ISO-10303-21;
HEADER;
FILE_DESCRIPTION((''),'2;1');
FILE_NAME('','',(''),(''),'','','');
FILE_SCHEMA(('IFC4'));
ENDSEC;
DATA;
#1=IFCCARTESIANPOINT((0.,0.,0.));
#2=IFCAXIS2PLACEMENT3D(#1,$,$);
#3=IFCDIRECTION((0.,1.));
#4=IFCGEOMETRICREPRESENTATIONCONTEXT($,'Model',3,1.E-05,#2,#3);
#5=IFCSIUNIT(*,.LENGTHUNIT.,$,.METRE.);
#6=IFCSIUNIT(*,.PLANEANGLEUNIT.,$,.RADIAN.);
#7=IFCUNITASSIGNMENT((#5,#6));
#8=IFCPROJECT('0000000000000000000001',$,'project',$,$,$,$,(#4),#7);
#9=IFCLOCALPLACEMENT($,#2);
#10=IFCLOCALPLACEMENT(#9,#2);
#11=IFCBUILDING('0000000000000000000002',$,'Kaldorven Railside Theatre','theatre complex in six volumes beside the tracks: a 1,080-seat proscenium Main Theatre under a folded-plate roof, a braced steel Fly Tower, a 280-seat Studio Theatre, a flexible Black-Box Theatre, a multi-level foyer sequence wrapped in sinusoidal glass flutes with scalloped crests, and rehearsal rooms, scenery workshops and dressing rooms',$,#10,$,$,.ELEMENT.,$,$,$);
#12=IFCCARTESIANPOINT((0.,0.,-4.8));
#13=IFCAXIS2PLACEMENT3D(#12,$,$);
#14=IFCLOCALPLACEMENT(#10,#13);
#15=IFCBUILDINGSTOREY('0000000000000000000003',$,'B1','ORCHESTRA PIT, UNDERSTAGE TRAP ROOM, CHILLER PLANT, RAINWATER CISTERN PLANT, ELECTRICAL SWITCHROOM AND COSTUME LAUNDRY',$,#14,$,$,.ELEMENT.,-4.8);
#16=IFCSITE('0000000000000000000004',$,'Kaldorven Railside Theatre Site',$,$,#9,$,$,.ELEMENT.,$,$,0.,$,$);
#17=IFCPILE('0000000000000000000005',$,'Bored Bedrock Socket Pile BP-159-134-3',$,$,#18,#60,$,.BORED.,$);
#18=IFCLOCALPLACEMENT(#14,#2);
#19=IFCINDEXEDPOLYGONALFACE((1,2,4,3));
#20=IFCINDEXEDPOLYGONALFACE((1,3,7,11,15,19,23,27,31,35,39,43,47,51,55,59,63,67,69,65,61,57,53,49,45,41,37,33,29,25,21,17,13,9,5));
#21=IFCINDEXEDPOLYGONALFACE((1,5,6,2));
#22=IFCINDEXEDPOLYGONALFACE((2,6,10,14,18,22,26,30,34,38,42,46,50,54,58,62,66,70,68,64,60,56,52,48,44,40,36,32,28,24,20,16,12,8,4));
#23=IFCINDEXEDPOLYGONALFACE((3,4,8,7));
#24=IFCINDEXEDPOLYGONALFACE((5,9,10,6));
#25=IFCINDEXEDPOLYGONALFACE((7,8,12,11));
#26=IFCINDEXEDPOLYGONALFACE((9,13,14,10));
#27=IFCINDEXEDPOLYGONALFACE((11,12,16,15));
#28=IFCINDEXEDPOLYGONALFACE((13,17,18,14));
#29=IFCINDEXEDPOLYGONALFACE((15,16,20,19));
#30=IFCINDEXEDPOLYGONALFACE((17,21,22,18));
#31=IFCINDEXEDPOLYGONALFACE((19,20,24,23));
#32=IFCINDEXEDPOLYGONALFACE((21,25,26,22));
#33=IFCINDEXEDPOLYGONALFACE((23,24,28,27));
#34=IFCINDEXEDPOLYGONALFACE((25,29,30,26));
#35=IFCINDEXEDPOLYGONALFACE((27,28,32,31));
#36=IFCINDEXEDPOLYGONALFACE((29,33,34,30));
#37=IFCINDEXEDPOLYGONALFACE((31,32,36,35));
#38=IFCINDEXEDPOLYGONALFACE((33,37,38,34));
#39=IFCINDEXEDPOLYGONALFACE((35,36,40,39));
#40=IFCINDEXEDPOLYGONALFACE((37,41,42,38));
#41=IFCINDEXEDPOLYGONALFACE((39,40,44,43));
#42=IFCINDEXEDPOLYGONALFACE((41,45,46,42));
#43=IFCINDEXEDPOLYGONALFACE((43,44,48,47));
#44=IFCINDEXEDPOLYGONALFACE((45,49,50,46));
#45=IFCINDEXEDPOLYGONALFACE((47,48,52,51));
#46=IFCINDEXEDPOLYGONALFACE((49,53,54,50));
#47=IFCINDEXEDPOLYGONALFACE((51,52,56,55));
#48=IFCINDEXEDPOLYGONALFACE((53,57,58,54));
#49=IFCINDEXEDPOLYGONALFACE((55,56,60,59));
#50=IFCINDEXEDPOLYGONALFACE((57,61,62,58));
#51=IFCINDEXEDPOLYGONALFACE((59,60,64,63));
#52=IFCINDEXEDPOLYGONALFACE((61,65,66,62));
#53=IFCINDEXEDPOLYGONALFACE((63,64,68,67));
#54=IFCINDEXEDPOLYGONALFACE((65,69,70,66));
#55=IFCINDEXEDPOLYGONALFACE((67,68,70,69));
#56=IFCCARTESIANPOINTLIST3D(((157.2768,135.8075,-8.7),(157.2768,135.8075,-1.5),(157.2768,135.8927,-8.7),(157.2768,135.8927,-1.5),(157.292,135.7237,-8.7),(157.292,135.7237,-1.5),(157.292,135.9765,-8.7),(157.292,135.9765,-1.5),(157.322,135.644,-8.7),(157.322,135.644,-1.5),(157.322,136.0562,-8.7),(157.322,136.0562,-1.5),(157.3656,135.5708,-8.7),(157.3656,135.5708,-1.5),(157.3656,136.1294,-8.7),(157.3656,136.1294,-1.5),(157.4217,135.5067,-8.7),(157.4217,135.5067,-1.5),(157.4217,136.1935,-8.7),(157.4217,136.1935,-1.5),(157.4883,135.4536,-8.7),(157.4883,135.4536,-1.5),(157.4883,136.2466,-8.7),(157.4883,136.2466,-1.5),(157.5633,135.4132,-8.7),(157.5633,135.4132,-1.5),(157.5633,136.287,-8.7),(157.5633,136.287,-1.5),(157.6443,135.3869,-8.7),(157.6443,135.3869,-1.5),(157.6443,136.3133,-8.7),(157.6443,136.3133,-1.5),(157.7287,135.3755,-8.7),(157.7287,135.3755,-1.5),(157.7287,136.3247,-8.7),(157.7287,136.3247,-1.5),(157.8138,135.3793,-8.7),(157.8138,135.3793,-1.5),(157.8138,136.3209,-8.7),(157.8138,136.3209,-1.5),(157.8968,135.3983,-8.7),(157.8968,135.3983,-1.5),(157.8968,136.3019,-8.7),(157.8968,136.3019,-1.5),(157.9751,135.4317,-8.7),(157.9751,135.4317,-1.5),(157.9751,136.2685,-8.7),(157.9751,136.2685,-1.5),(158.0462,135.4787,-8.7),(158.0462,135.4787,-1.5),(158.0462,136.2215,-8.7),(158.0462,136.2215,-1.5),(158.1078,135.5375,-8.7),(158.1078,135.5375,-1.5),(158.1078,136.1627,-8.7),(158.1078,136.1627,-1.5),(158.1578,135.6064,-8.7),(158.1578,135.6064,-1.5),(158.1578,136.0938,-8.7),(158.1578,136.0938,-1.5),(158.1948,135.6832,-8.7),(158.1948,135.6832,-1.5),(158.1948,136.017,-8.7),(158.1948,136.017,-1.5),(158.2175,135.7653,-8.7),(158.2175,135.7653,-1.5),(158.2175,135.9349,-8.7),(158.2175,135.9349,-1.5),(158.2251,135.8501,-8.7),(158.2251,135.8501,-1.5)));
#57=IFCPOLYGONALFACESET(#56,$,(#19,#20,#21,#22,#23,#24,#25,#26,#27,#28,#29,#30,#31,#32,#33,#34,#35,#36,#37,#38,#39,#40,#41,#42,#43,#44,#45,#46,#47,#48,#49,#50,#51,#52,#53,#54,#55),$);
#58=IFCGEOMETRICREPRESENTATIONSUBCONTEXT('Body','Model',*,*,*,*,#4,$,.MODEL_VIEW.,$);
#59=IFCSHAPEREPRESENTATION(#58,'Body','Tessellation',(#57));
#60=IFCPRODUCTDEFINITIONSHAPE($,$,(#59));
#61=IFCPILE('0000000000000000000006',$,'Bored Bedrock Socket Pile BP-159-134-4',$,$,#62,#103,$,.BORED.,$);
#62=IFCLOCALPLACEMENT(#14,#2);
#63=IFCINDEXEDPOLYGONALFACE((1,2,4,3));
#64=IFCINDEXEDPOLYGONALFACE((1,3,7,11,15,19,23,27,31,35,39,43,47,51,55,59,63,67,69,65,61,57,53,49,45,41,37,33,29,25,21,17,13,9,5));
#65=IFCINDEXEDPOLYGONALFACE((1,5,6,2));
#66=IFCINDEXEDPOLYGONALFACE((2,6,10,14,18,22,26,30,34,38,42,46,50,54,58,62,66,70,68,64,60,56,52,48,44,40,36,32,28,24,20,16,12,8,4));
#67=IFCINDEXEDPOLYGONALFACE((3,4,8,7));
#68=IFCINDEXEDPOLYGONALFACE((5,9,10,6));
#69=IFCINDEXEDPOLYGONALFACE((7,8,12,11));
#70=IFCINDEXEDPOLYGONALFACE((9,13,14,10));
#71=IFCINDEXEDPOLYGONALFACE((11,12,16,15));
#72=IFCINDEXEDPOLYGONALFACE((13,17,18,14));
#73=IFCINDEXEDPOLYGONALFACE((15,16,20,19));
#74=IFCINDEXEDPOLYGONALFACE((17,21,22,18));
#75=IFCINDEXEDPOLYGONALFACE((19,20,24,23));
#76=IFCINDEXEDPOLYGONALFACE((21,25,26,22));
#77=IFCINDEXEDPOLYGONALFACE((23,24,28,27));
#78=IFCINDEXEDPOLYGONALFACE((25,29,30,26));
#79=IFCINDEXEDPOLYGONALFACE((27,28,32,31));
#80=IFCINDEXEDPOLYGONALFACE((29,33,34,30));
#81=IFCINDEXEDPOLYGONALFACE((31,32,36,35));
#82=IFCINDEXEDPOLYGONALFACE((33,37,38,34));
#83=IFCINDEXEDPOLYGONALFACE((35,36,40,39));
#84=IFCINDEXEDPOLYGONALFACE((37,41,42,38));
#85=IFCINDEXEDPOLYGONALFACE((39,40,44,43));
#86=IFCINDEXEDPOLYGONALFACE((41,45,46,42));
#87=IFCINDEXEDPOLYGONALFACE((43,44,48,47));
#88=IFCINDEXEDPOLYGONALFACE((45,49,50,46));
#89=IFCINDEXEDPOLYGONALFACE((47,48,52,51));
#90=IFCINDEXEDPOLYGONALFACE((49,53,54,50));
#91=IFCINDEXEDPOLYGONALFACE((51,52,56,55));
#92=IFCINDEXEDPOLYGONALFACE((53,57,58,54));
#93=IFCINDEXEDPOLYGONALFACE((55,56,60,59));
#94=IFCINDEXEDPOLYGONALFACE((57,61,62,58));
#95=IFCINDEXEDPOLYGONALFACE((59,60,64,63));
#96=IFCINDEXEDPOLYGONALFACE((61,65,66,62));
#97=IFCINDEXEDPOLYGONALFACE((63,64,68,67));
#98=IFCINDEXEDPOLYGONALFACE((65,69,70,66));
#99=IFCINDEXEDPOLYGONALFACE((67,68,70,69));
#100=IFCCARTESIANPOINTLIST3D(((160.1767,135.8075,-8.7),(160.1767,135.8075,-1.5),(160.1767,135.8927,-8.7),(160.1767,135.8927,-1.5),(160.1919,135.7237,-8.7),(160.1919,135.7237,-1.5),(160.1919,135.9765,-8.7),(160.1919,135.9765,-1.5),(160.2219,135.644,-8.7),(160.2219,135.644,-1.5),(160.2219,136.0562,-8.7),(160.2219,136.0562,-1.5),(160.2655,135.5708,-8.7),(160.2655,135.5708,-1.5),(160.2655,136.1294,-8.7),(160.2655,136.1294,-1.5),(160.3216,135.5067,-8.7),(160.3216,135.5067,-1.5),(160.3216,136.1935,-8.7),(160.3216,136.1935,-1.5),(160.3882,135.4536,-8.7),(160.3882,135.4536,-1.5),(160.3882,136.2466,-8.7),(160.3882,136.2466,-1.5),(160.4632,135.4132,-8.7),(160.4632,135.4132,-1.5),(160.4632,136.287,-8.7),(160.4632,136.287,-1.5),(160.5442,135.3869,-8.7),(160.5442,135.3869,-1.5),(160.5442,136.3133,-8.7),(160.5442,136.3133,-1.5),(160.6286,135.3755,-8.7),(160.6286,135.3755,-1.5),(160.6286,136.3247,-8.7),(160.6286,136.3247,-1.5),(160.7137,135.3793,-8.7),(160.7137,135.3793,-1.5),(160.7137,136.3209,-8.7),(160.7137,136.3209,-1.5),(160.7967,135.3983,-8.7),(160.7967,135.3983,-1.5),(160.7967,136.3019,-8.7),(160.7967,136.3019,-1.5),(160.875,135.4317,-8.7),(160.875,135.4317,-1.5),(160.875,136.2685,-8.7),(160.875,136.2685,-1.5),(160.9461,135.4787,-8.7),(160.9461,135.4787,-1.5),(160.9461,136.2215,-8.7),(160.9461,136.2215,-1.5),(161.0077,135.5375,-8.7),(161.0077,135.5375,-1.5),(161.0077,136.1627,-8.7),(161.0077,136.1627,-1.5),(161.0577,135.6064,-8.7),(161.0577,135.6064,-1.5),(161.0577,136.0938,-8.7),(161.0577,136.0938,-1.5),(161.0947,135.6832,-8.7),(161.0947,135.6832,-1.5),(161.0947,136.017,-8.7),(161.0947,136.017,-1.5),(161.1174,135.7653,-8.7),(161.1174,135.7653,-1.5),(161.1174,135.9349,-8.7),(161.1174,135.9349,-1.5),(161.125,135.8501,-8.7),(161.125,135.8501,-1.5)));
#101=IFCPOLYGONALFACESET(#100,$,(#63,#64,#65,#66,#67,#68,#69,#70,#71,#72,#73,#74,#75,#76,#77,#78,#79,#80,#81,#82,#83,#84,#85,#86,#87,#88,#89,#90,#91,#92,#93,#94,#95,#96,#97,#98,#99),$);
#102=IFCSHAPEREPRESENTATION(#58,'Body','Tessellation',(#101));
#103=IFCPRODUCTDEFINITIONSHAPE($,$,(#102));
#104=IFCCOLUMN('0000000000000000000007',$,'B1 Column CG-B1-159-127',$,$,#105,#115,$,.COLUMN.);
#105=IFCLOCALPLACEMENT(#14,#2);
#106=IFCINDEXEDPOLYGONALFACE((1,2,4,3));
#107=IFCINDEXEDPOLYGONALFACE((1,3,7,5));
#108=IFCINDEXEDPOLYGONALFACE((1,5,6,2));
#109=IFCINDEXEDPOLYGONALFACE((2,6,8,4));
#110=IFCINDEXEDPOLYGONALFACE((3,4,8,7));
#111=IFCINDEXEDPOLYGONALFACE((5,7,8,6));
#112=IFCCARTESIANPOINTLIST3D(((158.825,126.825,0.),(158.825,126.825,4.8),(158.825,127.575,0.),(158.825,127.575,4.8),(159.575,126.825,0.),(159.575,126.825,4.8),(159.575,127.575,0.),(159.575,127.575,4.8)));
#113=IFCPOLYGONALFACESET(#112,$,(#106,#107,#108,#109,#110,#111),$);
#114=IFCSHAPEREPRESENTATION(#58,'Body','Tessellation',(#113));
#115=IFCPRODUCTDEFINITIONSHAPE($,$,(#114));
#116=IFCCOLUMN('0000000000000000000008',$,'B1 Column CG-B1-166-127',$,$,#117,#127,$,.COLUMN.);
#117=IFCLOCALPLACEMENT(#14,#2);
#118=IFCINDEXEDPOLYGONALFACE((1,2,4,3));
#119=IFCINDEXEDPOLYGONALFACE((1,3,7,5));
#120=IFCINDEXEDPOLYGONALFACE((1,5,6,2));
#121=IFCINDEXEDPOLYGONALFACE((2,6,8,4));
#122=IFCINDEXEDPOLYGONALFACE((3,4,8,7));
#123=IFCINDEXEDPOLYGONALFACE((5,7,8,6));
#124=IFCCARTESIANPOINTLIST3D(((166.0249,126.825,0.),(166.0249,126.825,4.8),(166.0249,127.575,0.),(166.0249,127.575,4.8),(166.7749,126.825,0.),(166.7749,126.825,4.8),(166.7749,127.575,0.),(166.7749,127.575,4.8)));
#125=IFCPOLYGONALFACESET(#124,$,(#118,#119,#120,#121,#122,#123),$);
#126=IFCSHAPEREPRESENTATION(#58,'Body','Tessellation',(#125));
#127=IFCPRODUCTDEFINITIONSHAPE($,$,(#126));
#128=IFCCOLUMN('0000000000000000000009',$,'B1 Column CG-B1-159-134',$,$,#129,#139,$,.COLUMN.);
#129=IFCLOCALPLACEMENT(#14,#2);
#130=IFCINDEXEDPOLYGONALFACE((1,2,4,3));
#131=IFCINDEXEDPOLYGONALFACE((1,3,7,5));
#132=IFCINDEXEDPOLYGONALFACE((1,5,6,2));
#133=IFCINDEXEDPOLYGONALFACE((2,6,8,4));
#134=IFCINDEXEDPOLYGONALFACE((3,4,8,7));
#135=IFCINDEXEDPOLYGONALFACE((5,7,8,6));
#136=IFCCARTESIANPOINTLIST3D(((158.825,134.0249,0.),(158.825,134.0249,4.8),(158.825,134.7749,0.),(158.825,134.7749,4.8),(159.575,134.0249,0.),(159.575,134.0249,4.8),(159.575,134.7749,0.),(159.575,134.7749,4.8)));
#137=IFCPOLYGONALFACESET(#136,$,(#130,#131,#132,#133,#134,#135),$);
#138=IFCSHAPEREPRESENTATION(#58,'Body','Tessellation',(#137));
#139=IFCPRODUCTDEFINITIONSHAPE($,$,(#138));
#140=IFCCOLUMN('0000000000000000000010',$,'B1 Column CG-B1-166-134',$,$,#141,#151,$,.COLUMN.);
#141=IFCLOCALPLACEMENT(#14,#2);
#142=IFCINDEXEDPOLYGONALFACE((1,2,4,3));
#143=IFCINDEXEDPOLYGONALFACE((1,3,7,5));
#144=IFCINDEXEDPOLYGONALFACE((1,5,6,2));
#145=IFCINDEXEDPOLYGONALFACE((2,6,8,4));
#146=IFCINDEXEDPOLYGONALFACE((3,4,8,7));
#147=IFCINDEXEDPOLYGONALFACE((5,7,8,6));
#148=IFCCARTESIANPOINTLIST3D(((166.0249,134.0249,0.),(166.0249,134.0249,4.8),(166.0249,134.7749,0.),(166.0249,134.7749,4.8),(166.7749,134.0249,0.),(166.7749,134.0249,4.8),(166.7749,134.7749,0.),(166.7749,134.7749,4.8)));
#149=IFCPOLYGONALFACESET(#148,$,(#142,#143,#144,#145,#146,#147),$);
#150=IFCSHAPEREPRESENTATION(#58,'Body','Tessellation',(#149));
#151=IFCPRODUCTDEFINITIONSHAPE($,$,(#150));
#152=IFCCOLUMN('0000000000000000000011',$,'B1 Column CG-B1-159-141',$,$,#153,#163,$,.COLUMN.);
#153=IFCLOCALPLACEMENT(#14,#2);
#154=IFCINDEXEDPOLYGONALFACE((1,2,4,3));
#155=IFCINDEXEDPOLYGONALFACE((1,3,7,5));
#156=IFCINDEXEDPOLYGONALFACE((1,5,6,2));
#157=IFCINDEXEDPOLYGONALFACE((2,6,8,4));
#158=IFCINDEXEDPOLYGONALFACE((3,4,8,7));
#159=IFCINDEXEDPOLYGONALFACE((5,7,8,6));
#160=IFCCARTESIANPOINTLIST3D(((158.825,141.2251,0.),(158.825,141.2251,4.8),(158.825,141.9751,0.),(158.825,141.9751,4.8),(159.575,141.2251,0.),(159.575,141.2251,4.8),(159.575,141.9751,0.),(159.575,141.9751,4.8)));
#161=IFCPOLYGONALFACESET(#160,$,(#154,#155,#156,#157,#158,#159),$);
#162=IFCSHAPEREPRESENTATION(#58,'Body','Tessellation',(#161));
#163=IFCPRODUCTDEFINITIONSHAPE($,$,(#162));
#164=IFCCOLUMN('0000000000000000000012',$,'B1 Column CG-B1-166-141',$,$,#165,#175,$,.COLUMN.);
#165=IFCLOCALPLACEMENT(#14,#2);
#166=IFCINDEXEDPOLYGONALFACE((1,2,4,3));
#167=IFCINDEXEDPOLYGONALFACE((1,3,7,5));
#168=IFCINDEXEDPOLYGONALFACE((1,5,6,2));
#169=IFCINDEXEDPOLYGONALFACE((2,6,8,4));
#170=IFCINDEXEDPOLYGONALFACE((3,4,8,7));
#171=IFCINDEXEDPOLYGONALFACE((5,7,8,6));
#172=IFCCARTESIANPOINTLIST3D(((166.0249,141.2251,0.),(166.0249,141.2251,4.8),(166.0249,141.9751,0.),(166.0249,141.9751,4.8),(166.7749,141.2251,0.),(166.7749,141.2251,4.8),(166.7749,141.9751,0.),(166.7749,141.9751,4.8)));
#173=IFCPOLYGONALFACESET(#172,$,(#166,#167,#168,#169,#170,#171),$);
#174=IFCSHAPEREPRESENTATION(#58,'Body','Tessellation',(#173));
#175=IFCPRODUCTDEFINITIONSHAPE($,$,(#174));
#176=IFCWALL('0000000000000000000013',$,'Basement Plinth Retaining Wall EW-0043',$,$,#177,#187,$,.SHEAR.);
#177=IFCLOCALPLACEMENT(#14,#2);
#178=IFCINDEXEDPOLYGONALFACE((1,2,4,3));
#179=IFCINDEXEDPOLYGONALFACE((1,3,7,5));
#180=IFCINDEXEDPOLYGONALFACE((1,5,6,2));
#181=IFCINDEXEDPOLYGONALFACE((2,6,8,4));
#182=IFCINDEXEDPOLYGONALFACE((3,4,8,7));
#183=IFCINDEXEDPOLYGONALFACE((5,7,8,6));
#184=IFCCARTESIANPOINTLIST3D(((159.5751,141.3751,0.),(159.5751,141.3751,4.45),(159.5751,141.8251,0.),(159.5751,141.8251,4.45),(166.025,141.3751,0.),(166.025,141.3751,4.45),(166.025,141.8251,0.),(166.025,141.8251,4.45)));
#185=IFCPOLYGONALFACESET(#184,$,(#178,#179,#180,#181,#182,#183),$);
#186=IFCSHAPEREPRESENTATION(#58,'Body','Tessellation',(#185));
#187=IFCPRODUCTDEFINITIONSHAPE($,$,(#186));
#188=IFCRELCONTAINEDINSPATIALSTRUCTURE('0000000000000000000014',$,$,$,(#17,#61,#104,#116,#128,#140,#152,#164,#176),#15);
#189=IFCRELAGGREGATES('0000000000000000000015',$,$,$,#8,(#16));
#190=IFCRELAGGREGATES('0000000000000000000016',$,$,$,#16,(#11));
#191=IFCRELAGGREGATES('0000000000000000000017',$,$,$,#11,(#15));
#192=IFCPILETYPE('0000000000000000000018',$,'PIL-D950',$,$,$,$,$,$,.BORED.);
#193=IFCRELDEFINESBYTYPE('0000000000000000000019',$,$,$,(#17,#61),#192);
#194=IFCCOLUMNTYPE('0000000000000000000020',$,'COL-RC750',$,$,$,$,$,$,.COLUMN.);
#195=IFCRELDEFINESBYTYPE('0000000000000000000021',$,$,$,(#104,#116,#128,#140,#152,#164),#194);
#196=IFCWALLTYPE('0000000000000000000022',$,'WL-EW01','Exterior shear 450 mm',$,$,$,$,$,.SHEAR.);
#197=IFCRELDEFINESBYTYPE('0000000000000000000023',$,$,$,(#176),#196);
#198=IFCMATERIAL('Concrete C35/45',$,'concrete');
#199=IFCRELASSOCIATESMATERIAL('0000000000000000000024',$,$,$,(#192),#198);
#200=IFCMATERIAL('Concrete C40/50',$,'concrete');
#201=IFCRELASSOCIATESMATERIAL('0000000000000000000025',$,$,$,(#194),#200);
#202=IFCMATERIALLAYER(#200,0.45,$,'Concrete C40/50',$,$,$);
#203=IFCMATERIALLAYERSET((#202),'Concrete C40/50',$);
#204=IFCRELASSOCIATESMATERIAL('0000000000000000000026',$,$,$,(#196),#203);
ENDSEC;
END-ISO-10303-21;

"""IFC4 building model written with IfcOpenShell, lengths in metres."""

from ifc_helpers import new_model, si_unit, direction, frame, frame_2d, origin, origin_2d, place, context, subcontext, project, spatial, rectangle, circle, extrude, material, layer, layer_set, material_profile, profile_set, type_object, element, save


model = new_model("IFC4")

# Units and contexts
model_context = context("Model", 3, precision=1e-05, world=origin(), true_north=direction((0.0, 1.0)))
body_context = subcontext(model_context, "Body", "Model", "MODEL_VIEW")
ifc_project = project(units=[si_unit("LENGTHUNIT", "METRE"), si_unit("PLANEANGLEUNIT", "RADIAN")], contexts=[model_context])

# Site, building, storey
site_placement = place(None, origin())
site = spatial("IfcSite", under=ifc_project, at=site_placement, Name="Kaldorven Railside Theatre Site", CompositionType="ELEMENT", RefElevation=0.0)
building_placement = place(site_placement, origin())
building = spatial("IfcBuilding", under=site, at=building_placement, Name="Kaldorven Railside Theatre", Description="theatre complex in six volumes beside the tracks: a 1,080-seat proscenium Main Theatre under a folded-plate roof, a braced steel Fly Tower, a 280-seat Studio Theatre, a flexible Black-Box Theatre, a multi-level foyer sequence wrapped in sinusoidal glass flutes with scalloped crests, and rehearsal rooms, scenery workshops and dressing rooms", CompositionType="ELEMENT")
storey_placement = place(building_placement, frame((0.0, 0.0, -4.8)))
storey = spatial("IfcBuildingStorey", under=building, at=storey_placement, Name="B1", Description="ORCHESTRA PIT, UNDERSTAGE TRAP ROOM, CHILLER PLANT, RAINWATER CISTERN PLANT, ELECTRICAL SWITCHROOM AND COSTUME LAUNDRY", CompositionType="ELEMENT", Elevation=-4.8)

# Shared definitions
ifc_material_1 = material(Name="Concrete C40/50", Category="concrete")

# Piles
ifc_material_2 = material(Name="Concrete C35/45", Category="concrete")
ifc_material_profile_1 = material_profile(ifc_material_2, circle(Radius=0.4751, at=origin_2d()), Name="BP D950")
ifc_profile_set_1 = profile_set([ifc_material_profile_1], Name="Concrete C35/45")
pile_type_1 = type_object("IfcPileType", Name="PIL-D950", PredefinedType="BORED", material=ifc_profile_set_1)
for number, where, z_axis, x_axis, name in (
    (1, (157.75, 135.8501, -1.5), (0.0, 0.0, -1.0), (1.0, 0.0, 0.0), "Bored Bedrock Socket Pile BP-159-134-3"),
    (2, (160.6499, 135.8501, -1.5), (0.0, 0.0, -1.0), (1.0, 0.0, 0.0), "Bored Bedrock Socket Pile BP-159-134-4"),
):
    element("IfcPile", number, at=place(storey_placement, frame(where, z_axis=z_axis, x_axis=x_axis)), inside=storey, type_object=pile_type_1, Name=name, PredefinedType="BORED", context=body_context, shape_type="SweptSolid", body=[
        extrude(circle(Radius=0.4751, at=origin_2d()), origin(), (0.0, 0.0, 1.0), 7.2),
    ])

# Columns
ifc_material_profile_2 = material_profile(ifc_material_1, rectangle(XDim=0.75, YDim=0.75, at=origin_2d()), Name="RC 750x750")
ifc_profile_set_2 = profile_set([ifc_material_profile_2], Name="Concrete C40/50")
column_type = type_object("IfcColumnType", Name="COL-RC750", PredefinedType="COLUMN", material=ifc_profile_set_2)
for number, where, z_axis, x_axis, name in (
    (3, (159.2, 127.2, 0.0), (0.0, 0.0, 1.0), (1.0, 0.0, 0.0), "B1 Column CG-B1-159-127"),
    (4, (166.3999, 127.2, 0.0), (0.0, 0.0, 1.0), (0.0, 1.0, 0.0), "B1 Column CG-B1-166-127"),
    (5, (159.2, 134.3999, 0.0), (0.0, 0.0, 1.0), (0.0, 1.0, 0.0), "B1 Column CG-B1-159-134"),
    (6, (166.3999, 134.3999, 0.0), (0.0, 0.0, 1.0), (1.0, 0.0, 0.0), "B1 Column CG-B1-166-134"),
    (7, (159.2, 141.6001, 0.0), (0.0, 0.0, 1.0), (1.0, 0.0, 0.0), "B1 Column CG-B1-159-141"),
    (8, (166.3999, 141.6001, 0.0), (0.0, 0.0, 1.0), (1.0, 0.0, 0.0), "B1 Column CG-B1-166-141"),
):
    element("IfcColumn", number, at=place(storey_placement, frame(where, z_axis=z_axis, x_axis=x_axis)), inside=storey, type_object=column_type, Name=name, PredefinedType="COLUMN", context=body_context, shape_type="SweptSolid", body=[
        extrude(rectangle(XDim=0.75, YDim=0.75, at=origin_2d()), origin(), (0.0, 0.0, 1.0), 4.8),
    ])

# Wall
ifc_layer = layer(ifc_material_1, 0.45, Name="Concrete C40/50")
ifc_layer_set = layer_set([ifc_layer], Name="Concrete C40/50")
wall_type = type_object("IfcWallType", Name="WL-EW01", Description="Exterior shear 450 mm", PredefinedType="SHEAR", material=ifc_layer_set)
wall_placement = place(storey_placement, frame((159.575, 141.6001, 0.0), z_axis=(0.0, 0.0, 1.0), x_axis=(1.0, 0.0, 0.0)))
element("IfcWall", 9, at=wall_placement, inside=storey, type_object=wall_type, Name="Basement Plinth Retaining Wall EW-0043", PredefinedType="SHEAR", context=body_context, shape_type="SweptSolid", body=[
    extrude(rectangle(XDim=6.45, YDim=0.45, at=frame_2d((3.2251, 0.0))), origin(), (0.0, 0.0, 1.0), 4.45),
])

save(model, "model.ifc")
